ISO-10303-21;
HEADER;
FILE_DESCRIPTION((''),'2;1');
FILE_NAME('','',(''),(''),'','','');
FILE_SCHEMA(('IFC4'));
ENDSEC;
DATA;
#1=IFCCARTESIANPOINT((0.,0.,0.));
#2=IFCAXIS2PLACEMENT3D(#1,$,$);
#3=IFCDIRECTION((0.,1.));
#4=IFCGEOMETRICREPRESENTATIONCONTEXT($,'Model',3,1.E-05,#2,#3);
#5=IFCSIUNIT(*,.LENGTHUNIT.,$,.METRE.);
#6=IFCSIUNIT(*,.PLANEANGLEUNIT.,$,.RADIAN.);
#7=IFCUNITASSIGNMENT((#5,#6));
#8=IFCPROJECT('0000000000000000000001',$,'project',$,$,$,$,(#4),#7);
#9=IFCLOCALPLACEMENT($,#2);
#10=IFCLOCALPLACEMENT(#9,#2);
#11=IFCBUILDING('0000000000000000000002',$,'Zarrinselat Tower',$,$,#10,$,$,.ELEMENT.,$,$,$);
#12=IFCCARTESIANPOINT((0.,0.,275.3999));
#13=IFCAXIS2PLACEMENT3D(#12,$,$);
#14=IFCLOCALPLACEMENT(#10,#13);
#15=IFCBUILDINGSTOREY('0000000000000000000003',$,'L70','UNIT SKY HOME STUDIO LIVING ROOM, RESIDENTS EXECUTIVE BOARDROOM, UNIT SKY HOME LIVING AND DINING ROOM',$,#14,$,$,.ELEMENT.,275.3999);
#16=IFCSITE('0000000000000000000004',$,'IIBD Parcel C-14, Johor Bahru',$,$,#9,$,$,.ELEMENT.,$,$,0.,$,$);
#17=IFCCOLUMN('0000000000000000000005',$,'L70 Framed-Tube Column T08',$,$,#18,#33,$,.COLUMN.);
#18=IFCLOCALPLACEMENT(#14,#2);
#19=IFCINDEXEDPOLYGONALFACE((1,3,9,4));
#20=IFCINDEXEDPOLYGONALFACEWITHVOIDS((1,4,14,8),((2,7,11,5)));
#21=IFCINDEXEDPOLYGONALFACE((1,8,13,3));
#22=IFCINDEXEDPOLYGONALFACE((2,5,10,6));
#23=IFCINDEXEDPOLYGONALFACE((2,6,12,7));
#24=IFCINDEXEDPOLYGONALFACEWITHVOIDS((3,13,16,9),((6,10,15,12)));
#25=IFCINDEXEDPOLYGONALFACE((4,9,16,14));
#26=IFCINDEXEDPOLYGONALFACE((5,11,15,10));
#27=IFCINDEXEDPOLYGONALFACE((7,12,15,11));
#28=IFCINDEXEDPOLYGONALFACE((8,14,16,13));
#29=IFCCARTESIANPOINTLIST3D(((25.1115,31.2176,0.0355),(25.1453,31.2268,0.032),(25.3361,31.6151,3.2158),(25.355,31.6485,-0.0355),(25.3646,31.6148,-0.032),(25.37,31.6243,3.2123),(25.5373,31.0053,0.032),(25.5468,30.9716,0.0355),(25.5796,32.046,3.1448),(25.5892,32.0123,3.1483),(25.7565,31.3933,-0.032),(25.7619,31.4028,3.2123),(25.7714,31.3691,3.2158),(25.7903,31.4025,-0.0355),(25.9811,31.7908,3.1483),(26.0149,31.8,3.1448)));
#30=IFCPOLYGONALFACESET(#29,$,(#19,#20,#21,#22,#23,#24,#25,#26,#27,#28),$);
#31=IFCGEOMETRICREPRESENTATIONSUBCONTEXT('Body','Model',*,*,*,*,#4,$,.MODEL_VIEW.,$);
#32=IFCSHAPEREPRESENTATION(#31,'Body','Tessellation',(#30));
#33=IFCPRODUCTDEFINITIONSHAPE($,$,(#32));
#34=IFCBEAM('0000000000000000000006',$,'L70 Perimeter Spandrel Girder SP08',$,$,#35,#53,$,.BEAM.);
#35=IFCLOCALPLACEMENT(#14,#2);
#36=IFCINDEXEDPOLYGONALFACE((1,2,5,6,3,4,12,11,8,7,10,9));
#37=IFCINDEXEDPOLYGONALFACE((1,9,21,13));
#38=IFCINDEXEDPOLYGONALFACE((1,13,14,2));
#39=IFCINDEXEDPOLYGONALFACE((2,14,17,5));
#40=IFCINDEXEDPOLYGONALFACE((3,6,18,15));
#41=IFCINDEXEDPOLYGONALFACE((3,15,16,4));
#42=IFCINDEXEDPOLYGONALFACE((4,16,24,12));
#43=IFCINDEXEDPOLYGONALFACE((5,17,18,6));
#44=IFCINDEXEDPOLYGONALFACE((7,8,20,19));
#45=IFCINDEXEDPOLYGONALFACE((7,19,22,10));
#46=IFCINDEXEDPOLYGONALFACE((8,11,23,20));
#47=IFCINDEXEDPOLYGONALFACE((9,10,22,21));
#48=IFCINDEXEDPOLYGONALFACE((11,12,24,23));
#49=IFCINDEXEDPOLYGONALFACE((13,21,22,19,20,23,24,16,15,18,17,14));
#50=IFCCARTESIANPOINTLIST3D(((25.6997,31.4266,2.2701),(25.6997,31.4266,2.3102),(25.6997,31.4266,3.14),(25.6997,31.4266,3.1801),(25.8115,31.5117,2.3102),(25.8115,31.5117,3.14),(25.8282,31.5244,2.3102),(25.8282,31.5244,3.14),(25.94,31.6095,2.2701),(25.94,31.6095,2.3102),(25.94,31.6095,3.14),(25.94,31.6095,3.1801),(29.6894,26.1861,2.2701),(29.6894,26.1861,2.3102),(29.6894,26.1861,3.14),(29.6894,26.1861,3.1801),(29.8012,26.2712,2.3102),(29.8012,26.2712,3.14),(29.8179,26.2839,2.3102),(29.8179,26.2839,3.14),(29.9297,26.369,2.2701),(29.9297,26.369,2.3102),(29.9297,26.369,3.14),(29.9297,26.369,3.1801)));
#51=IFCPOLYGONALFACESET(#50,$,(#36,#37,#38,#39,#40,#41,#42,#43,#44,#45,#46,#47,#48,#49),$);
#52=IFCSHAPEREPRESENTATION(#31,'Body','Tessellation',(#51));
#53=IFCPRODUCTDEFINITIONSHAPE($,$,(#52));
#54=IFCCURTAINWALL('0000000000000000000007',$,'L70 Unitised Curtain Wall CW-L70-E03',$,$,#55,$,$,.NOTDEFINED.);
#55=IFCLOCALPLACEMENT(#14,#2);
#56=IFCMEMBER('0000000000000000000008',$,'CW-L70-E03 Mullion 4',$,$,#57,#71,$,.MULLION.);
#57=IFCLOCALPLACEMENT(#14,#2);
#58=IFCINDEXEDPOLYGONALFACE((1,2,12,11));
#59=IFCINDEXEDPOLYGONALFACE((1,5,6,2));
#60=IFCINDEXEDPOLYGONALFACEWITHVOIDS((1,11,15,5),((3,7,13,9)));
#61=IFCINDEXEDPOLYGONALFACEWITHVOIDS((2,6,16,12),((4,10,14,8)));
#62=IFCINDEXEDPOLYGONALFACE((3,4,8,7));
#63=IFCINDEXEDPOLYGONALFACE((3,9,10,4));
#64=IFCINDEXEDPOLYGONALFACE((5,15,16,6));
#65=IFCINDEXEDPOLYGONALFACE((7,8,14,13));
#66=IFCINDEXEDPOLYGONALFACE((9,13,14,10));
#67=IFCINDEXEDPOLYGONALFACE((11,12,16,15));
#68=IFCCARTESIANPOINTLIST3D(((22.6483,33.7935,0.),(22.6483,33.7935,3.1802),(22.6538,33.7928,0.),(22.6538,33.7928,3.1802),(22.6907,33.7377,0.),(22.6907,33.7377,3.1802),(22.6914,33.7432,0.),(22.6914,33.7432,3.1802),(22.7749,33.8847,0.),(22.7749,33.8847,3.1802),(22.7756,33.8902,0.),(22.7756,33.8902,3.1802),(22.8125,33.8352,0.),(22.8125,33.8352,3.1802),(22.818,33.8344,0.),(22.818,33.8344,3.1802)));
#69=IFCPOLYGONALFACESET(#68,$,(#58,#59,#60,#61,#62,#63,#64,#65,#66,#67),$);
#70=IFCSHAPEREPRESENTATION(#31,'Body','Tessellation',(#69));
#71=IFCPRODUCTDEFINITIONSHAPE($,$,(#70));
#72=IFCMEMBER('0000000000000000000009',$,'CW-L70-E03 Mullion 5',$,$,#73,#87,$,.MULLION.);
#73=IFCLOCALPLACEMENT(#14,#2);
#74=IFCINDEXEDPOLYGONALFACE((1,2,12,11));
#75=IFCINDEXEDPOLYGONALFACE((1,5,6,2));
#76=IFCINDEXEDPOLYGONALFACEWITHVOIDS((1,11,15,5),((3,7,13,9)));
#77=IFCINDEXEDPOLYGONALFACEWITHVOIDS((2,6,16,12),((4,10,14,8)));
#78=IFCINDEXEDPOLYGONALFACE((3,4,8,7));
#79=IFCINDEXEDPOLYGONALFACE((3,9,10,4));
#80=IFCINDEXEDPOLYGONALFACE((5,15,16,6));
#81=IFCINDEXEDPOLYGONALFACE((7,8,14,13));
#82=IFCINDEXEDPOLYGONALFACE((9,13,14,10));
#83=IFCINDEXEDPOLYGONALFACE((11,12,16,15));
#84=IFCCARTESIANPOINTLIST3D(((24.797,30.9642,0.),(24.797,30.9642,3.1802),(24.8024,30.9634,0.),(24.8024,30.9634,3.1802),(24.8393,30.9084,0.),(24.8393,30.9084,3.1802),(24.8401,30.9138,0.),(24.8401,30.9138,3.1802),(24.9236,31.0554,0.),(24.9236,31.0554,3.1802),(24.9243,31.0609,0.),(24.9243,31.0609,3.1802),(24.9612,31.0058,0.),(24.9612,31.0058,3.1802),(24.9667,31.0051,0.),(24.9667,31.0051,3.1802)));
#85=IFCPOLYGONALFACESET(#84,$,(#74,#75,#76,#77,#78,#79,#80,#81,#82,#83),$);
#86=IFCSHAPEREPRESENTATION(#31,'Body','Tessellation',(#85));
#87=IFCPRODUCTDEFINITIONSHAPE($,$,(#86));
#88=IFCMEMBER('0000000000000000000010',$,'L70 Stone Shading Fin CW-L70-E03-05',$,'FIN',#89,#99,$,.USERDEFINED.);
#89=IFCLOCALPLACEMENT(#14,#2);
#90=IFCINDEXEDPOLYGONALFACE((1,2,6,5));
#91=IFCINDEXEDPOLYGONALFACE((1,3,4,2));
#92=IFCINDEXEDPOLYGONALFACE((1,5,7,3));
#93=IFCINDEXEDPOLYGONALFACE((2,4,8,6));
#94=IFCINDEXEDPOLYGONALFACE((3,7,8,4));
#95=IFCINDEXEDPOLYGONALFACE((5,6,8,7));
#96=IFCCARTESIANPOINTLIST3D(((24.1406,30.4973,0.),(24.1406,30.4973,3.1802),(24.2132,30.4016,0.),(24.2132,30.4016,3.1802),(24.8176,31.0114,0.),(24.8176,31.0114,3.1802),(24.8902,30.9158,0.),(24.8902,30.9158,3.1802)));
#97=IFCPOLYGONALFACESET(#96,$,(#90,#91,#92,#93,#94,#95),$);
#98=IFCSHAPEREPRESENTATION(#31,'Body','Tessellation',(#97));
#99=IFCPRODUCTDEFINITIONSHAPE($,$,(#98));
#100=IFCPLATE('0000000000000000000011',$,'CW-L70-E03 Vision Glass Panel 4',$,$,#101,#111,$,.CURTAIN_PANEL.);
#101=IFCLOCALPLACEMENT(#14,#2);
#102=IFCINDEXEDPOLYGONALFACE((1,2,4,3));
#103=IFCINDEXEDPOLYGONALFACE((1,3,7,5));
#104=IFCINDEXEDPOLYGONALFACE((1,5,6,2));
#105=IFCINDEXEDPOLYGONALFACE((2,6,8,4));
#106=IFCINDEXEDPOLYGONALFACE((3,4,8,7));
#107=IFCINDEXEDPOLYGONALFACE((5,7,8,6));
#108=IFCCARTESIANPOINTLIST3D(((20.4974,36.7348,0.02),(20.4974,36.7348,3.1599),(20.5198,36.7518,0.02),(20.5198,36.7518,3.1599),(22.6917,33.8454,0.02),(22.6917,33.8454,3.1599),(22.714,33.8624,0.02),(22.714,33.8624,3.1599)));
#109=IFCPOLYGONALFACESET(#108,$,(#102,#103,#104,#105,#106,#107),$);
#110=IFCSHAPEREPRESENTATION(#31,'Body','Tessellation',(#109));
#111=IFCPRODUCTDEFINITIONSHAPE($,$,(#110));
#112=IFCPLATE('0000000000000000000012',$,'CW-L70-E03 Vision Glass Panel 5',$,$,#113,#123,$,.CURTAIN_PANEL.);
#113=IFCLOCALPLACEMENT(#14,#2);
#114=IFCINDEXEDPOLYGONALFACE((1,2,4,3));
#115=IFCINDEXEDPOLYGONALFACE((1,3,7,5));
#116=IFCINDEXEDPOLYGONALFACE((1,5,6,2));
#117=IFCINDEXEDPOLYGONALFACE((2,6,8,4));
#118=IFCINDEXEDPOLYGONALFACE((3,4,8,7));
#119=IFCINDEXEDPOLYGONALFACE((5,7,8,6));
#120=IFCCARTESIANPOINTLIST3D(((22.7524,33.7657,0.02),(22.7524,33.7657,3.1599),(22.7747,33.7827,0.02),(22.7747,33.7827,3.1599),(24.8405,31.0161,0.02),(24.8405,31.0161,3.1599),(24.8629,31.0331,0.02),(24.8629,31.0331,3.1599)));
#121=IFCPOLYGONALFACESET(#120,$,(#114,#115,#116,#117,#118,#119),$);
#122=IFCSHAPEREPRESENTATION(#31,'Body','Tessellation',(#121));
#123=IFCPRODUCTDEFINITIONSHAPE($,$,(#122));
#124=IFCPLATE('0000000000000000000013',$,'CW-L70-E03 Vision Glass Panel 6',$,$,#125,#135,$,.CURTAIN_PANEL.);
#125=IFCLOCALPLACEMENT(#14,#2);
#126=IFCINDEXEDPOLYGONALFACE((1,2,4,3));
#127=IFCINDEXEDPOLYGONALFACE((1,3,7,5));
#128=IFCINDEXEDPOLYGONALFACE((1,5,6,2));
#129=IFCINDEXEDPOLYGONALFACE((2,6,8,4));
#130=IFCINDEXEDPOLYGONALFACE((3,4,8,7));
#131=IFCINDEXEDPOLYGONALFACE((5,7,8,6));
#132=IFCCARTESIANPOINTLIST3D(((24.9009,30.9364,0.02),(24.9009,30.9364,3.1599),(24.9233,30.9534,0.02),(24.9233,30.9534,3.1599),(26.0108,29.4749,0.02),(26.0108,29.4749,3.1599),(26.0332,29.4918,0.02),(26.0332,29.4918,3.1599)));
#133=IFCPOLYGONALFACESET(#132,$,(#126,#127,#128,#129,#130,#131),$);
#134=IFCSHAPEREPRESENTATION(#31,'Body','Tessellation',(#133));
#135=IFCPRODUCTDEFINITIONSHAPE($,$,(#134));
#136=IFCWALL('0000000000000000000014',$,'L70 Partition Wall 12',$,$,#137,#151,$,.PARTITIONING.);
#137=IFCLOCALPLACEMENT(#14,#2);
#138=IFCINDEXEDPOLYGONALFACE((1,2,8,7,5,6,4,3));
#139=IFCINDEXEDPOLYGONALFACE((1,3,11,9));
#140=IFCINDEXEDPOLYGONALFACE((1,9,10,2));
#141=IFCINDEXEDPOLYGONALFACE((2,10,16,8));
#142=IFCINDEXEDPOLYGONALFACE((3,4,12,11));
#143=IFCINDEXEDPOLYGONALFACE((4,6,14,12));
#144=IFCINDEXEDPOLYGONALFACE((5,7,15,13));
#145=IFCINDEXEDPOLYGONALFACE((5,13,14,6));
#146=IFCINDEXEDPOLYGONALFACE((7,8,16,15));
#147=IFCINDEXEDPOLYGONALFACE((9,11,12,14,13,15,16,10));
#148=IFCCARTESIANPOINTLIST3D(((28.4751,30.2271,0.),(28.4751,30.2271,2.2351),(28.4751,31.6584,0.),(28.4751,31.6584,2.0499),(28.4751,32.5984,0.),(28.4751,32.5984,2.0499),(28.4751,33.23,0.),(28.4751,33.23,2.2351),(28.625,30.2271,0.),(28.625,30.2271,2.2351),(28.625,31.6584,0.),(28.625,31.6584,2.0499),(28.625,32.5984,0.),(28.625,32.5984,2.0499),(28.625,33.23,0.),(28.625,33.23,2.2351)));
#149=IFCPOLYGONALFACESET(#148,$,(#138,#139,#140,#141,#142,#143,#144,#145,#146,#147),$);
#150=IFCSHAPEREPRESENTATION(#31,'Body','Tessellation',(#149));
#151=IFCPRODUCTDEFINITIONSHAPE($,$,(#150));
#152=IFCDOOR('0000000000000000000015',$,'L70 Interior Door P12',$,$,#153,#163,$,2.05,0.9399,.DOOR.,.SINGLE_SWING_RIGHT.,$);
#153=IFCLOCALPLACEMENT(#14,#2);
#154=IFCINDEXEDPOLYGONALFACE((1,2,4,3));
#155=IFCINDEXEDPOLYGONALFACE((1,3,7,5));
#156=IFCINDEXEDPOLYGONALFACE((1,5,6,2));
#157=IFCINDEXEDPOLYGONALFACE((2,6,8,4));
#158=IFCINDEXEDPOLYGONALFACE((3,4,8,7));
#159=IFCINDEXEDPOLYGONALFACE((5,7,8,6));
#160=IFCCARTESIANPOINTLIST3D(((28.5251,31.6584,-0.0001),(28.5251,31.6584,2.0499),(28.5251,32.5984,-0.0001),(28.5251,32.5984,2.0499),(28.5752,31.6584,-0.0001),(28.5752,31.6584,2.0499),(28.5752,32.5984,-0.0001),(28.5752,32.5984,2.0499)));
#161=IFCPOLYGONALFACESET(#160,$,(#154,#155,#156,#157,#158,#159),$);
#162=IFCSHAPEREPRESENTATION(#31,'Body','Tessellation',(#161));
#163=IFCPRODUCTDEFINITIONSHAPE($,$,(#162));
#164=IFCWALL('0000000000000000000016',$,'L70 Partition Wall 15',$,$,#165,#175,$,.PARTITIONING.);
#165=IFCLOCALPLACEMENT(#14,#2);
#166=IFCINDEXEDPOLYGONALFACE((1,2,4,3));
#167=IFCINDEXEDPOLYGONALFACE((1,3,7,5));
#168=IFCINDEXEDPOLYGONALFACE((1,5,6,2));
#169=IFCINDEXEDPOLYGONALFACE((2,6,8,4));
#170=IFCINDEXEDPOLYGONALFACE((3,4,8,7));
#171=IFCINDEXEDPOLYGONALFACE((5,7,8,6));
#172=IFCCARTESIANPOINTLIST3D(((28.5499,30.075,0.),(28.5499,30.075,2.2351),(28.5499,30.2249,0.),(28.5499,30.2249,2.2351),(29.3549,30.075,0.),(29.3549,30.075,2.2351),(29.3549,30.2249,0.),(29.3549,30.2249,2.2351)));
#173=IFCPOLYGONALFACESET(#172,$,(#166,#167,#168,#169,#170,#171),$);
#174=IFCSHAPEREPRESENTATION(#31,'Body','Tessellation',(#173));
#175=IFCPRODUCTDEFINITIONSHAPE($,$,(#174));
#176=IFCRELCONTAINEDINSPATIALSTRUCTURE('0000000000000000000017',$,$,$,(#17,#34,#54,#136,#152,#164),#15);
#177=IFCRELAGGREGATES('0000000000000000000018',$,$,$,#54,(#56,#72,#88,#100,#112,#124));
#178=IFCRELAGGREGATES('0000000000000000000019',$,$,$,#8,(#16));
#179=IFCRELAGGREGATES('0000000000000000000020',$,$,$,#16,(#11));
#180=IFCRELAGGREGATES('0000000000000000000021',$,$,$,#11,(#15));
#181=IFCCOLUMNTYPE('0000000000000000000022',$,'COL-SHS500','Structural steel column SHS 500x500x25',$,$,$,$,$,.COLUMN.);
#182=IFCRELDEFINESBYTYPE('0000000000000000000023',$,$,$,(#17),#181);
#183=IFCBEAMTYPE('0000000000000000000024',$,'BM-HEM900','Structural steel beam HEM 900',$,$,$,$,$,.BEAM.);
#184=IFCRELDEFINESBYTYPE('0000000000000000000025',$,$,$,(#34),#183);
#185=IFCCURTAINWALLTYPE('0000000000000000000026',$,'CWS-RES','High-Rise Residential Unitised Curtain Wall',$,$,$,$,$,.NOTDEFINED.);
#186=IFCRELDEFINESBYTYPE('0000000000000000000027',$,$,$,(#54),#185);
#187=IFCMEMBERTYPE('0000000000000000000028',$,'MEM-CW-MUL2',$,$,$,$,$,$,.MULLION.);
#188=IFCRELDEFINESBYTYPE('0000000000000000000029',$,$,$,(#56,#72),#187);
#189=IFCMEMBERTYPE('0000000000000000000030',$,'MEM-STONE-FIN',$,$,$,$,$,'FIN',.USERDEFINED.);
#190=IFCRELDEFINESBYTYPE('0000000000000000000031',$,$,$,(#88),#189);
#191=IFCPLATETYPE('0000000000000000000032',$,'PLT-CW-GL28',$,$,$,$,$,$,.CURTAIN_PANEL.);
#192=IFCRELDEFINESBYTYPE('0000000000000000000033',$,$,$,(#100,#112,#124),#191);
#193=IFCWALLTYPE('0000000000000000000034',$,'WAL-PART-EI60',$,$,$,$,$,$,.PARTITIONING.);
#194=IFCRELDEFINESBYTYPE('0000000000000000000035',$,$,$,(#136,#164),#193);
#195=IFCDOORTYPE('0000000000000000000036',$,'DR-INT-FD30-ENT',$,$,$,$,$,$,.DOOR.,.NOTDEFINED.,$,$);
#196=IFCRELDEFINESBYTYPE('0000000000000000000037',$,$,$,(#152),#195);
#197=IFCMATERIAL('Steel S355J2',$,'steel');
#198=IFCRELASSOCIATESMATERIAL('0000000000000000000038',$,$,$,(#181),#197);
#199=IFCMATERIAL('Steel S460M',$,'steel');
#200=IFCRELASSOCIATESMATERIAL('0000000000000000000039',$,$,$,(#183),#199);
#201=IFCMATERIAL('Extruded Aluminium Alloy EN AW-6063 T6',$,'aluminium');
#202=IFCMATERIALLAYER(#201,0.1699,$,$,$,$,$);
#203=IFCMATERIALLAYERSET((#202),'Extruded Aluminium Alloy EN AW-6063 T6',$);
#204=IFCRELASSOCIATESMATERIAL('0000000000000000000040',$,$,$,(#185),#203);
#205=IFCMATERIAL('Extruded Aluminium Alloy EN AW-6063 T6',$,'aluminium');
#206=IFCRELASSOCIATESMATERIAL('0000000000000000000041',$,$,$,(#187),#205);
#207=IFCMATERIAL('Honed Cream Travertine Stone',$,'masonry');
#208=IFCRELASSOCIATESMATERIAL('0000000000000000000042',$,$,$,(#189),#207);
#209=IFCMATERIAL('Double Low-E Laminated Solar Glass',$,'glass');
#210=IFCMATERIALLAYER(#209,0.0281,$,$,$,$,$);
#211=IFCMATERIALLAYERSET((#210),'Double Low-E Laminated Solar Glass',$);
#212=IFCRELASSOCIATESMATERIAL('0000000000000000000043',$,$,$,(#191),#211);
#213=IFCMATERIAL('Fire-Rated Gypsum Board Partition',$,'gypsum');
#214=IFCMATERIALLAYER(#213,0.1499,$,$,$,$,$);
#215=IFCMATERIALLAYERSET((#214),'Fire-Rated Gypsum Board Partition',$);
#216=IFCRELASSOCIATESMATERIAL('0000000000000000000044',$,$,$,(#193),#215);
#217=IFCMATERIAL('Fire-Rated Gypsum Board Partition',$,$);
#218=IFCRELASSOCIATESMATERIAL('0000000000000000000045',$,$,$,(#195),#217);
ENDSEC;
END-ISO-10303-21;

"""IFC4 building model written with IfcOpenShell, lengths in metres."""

from ifc_helpers import new_model, si_unit, direction, frame, frame_2d, origin, origin_2d, place, context, subcontext, project, spatial, rectangle, hollow_rectangle, i_section, extrude, material, layer, layer_set, material_profile, profile_set, type_object, element, fill, aggregate, save


model = new_model("IFC4")

# Units and contexts
model_context = context("Model", 3, precision=1e-05, world=origin(), true_north=direction((0.0, 1.0)))
body_context = subcontext(model_context, "Body", "Model", "MODEL_VIEW")
ifc_project = project(units=[si_unit("LENGTHUNIT", "METRE"), si_unit("PLANEANGLEUNIT", "RADIAN")], contexts=[model_context])

# Site, building, storey
site_placement = place(None, origin())
site = spatial("IfcSite", under=ifc_project, at=site_placement, Name="IIBD Parcel C-14, Johor Bahru", CompositionType="ELEMENT", RefElevation=0.0)
building_placement = place(site_placement, origin())
building = spatial("IfcBuilding", under=site, at=building_placement, Name="Zarrinselat Tower", CompositionType="ELEMENT")
storey_placement = place(building_placement, frame((0.0, 0.0, 275.3999)))
storey = spatial("IfcBuildingStorey", under=building, at=storey_placement, Name="L70", Description="UNIT SKY HOME STUDIO LIVING ROOM, RESIDENTS EXECUTIVE BOARDROOM, UNIT SKY HOME LIVING AND DINING ROOM", CompositionType="ELEMENT", Elevation=275.3999)

# Column
ifc_material_1 = material(Name="Steel S355J2", Category="steel")
ifc_material_profile_1 = material_profile(ifc_material_1, hollow_rectangle(XDim=0.5, YDim=0.5, WallThickness=0.0249, at=origin_2d()), Name="SHS 500x500x25")
ifc_profile_set_1 = profile_set([ifc_material_profile_1], Name="Steel S355J2")
column_type = type_object("IfcColumnType", Name="COL-SHS500", Description="Structural steel column SHS 500x500x25", PredefinedType="COLUMN", material=ifc_profile_set_1)
column_placement = place(storey_placement, frame((25.4509, 31.3101, 0.0), z_axis=(0.069911, 0.123713, 0.989852), x_axis=(-0.870603, 0.491987, 0.0)))
element("IfcColumn", 1, at=column_placement, inside=storey, type_object=column_type, Name="L70 Framed-Tube Column T08", PredefinedType="COLUMN", context=body_context, shape_type="SweptSolid", body=[
    extrude(hollow_rectangle(XDim=0.5, YDim=0.5, WallThickness=0.0249, at=origin_2d()), origin(), (0.0, 0.0, 1.0), 3.2129),
])

# Beam
ifc_material_2 = material(Name="Steel S460M", Category="steel")
ifc_material_profile_2 = material_profile(ifc_material_2, i_section(OverallWidth=0.302, OverallDepth=0.9099, WebThickness=0.021, FlangeThickness=0.04, at=origin_2d()), Name="HEM 900")
ifc_profile_set_2 = profile_set([ifc_material_profile_2], Name="Steel S460M")
beam_type = type_object("IfcBeamType", Name="BM-HEM900", Description="Structural steel beam HEM 900", PredefinedType="BEAM", material=ifc_profile_set_2)
beam_placement = place(storey_placement, frame((25.8198, 31.5181, 2.7251), z_axis=(0.605755, -0.795651, 0.0), x_axis=(0.795651, 0.605755, 0.0)))
element("IfcBeam", 2, at=beam_placement, inside=storey, type_object=beam_type, Name="L70 Perimeter Spandrel Girder SP08", PredefinedType="BEAM", context=body_context, shape_type="SweptSolid", body=[
    extrude(i_section(OverallWidth=0.302, OverallDepth=0.9099, WebThickness=0.021, FlangeThickness=0.04, at=origin_2d()), origin(), (0.0, 0.0, 1.0), 6.5864),
])

# Curtain wall, members, plates
ifc_material_3 = material(Name="Extruded Aluminium Alloy EN AW-6063 T6", Category="aluminium")
ifc_layer_1 = layer(ifc_material_3, 0.1699)
ifc_layer_set_1 = layer_set([ifc_layer_1], Name="Extruded Aluminium Alloy EN AW-6063 T6")
curtain_wall_type = type_object("IfcCurtainWallType", Name="CWS-RES", Description="High-Rise Residential Unitised Curtain Wall", PredefinedType="NOTDEFINED", material=ifc_layer_set_1)
curtain_wall_placement = place(storey_placement, origin())
curtain_wall = element("IfcCurtainWall", 3, at=curtain_wall_placement, inside=storey, type_object=curtain_wall_type, Name="L70 Unitised Curtain Wall CW-L70-E03", PredefinedType="NOTDEFINED")
ifc_material_4 = material(Name="Extruded Aluminium Alloy EN AW-6063 T6", Category="aluminium")
ifc_material_profile_3 = material_profile(ifc_material_4, hollow_rectangle(XDim=0.0701, YDim=0.1599, WallThickness=0.0039, at=origin_2d()), Name="RHS 160x70x4")
ifc_profile_set_3 = profile_set([ifc_material_profile_3], Name="Extruded Aluminium Alloy EN AW-6063 T6")
member_type_1 = type_object("IfcMemberType", Name="MEM-CW-MUL2", PredefinedType="MULLION", material=ifc_profile_set_3)
member_1_placement = place(storey_placement, frame((22.7332, 33.814, 0.0), z_axis=(0.0, 0.0, 1.0), x_axis=(0.604788, -0.796387, 0.0)))
member_1 = element("IfcMember", 4, at=member_1_placement, type_object=member_type_1, Name="CW-L70-E03 Mullion 4", PredefinedType="MULLION", context=body_context, shape_type="SweptSolid", body=[
    extrude(hollow_rectangle(XDim=0.0701, YDim=0.1599, WallThickness=0.0039, at=origin_2d()), origin(), (0.0, 0.0, 1.0), 3.1802),
])
member_2_placement = place(storey_placement, frame((24.8818, 30.9846, 0.0), z_axis=(0.0, 0.0, 1.0), x_axis=(0.604788, -0.796387, 0.0)))
member_2 = element("IfcMember", 5, at=member_2_placement, type_object=member_type_1, Name="CW-L70-E03 Mullion 5", PredefinedType="MULLION", context=body_context, shape_type="SweptSolid", body=[
    extrude(hollow_rectangle(XDim=0.0701, YDim=0.1599, WallThickness=0.0039, at=origin_2d()), origin(), (0.0, 0.0, 1.0), 3.1802),
])
ifc_material_5 = material(Name="Honed Cream Travertine Stone", Category="masonry")
ifc_material_profile_4 = material_profile(ifc_material_5, rectangle(XDim=0.1201, YDim=0.8501, at=origin_2d()), Name="FIN 850x120")
ifc_profile_set_4 = profile_set([ifc_material_profile_4], Name="Honed Cream Travertine Stone")
member_type_2 = type_object("IfcMemberType", Name="MEM-STONE-FIN", ElementType="FIN", PredefinedType="USERDEFINED", material=ifc_profile_set_4)
member_3_placement = place(storey_placement, frame((24.5154, 30.7065, 0.0), z_axis=(0.0, 0.0, 1.0), x_axis=(-0.604788, 0.796387, 0.0)))
member_3 = element("IfcMember", 6, at=member_3_placement, type_object=member_type_2, Name="L70 Stone Shading Fin CW-L70-E03-05", ObjectType="FIN", PredefinedType="USERDEFINED", context=body_context, shape_type="SweptSolid", body=[
    extrude(rectangle(XDim=0.1201, YDim=0.8501, at=origin_2d()), origin(), (0.0, 0.0, 1.0), 3.1802),
])
ifc_material_6 = material(Name="Double Low-E Laminated Solar Glass", Category="glass")
ifc_layer_2 = layer(ifc_material_6, 0.0281)
ifc_layer_set_2 = layer_set([ifc_layer_2], Name="Double Low-E Laminated Solar Glass")
plate_type = type_object("IfcPlateType", Name="PLT-CW-GL28", PredefinedType="CURTAIN_PANEL", material=ifc_layer_set_2)
plate_1_placement = place(storey_placement, frame((21.6057, 35.2986, 0.02), z_axis=(0.0, 0.0, 1.0), x_axis=(0.604788, -0.796387, 0.0)))
plate_1 = element("IfcPlate", 7, at=plate_1_placement, type_object=plate_type, Name="CW-L70-E03 Vision Glass Panel 4", PredefinedType="CURTAIN_PANEL", context=body_context, shape_type="SweptSolid", body=[
    extrude(rectangle(XDim=3.6282, YDim=0.0281, at=origin_2d()), origin(), (0.0, 0.0, 1.0), 3.1399),
])
plate_2_placement = place(storey_placement, frame((23.8076, 32.3994, 0.02), z_axis=(0.0, 0.0, 1.0), x_axis=(0.604788, -0.796387, 0.0)))
plate_2 = element("IfcPlate", 8, at=plate_2_placement, type_object=plate_type, Name="CW-L70-E03 Vision Glass Panel 5", PredefinedType="CURTAIN_PANEL", context=body_context, shape_type="SweptSolid", body=[
    extrude(rectangle(XDim=3.4526, YDim=0.0281, at=origin_2d()), origin(), (0.0, 0.0, 1.0), 3.1399),
])
plate_3_placement = place(storey_placement, frame((25.467, 30.2141, 0.02), z_axis=(0.0, 0.0, 1.0), x_axis=(0.604788, -0.796387, 0.0)))
plate_3 = element("IfcPlate", 9, at=plate_3_placement, type_object=plate_type, Name="CW-L70-E03 Vision Glass Panel 6", PredefinedType="CURTAIN_PANEL", context=body_context, shape_type="SweptSolid", body=[
    extrude(rectangle(XDim=1.8352, YDim=0.0281, at=origin_2d()), origin(), (0.0, 0.0, 1.0), 3.1399),
])
aggregate(curtain_wall, [member_1, member_2, member_3, plate_1, plate_2, plate_3])

# Wall, opening, door
ifc_material_7 = material(Name="Fire-Rated Gypsum Board Partition", Category="gypsum")
ifc_layer_3 = layer(ifc_material_7, 0.1499)
ifc_layer_set_3 = layer_set([ifc_layer_3], Name="Fire-Rated Gypsum Board Partition")
wall_type_1 = type_object("IfcWallType", Name="WAL-PART-EI60", PredefinedType="PARTITIONING", material=ifc_layer_set_3)
wall_1_placement = place(storey_placement, frame((28.55, 30.2271, 0.0), z_axis=(0.0, 0.0, 1.0), x_axis=(0.0, 1.0, 0.0)))
wall_1 = element("IfcWall", 10, at=wall_1_placement, inside=storey, type_object=wall_type_1, Name="L70 Partition Wall 12", PredefinedType="PARTITIONING", context=body_context, shape_type="SweptSolid", body=[
    extrude(rectangle(XDim=3.0029, YDim=0.1499, at=frame_2d((1.5015, 0.0))), origin(), (0.0, 0.0, 1.0), 2.2351),
])
opening_1_placement = place(wall_1_placement, frame((1.4314, 0.0, 0.0)))
opening_1 = element("IfcOpeningElement", 11, at=opening_1_placement, cuts=wall_1, PredefinedType="OPENING", context=body_context, shape_type="SweptSolid", body=[
    extrude(rectangle(XDim=0.9399, YDim=2.05, at=frame_2d((0.47, 1.0249))), frame((0.0, 0.085, 0.0), z_axis=(0.0, -1.0, 0.0), x_axis=(1.0, 0.0, 0.0)), (0.0, 0.0, 1.0), 0.1699),
])
ifc_material_8 = material(Name="Fire-Rated Gypsum Board Partition")
door_type_1 = type_object("IfcDoorType", Name="DR-INT-FD30-ENT", OperationType="NOTDEFINED", PredefinedType="DOOR", material=ifc_material_8)
door_1_placement = place(opening_1_placement, origin())
door_1 = element("IfcDoor", 12, at=door_1_placement, inside=storey, type_object=door_type_1, Name="L70 Interior Door P12", OperationType="SINGLE_SWING_RIGHT", OverallHeight=2.05, OverallWidth=0.9399, PredefinedType="DOOR", context=body_context, shape_type="SweptSolid", body=[
    extrude(rectangle(XDim=0.9399, YDim=2.05, at=frame_2d((0.47, 1.0249))), frame((0.0, 0.0249, 0.0), z_axis=(0.0, -1.0, 0.0), x_axis=(1.0, 0.0, 0.0)), (0.0, 0.0, 1.0), 0.05),
])
fill(opening_1, door_1)

# Wall
wall_2_placement = place(storey_placement, frame((28.55, 30.1499, 0.0), z_axis=(0.0, 0.0, 1.0), x_axis=(1.0, 0.0, 0.0)))
element("IfcWall", 13, at=wall_2_placement, inside=storey, type_object=wall_type_1, Name="L70 Partition Wall 15", PredefinedType="PARTITIONING", context=body_context, shape_type="SweptSolid", body=[
    extrude(rectangle(XDim=0.8049, YDim=0.1499, at=frame_2d((0.4023, 0.0))), origin(), (0.0, 0.0, 1.0), 2.2351),
])

save(model, "model.ifc")
